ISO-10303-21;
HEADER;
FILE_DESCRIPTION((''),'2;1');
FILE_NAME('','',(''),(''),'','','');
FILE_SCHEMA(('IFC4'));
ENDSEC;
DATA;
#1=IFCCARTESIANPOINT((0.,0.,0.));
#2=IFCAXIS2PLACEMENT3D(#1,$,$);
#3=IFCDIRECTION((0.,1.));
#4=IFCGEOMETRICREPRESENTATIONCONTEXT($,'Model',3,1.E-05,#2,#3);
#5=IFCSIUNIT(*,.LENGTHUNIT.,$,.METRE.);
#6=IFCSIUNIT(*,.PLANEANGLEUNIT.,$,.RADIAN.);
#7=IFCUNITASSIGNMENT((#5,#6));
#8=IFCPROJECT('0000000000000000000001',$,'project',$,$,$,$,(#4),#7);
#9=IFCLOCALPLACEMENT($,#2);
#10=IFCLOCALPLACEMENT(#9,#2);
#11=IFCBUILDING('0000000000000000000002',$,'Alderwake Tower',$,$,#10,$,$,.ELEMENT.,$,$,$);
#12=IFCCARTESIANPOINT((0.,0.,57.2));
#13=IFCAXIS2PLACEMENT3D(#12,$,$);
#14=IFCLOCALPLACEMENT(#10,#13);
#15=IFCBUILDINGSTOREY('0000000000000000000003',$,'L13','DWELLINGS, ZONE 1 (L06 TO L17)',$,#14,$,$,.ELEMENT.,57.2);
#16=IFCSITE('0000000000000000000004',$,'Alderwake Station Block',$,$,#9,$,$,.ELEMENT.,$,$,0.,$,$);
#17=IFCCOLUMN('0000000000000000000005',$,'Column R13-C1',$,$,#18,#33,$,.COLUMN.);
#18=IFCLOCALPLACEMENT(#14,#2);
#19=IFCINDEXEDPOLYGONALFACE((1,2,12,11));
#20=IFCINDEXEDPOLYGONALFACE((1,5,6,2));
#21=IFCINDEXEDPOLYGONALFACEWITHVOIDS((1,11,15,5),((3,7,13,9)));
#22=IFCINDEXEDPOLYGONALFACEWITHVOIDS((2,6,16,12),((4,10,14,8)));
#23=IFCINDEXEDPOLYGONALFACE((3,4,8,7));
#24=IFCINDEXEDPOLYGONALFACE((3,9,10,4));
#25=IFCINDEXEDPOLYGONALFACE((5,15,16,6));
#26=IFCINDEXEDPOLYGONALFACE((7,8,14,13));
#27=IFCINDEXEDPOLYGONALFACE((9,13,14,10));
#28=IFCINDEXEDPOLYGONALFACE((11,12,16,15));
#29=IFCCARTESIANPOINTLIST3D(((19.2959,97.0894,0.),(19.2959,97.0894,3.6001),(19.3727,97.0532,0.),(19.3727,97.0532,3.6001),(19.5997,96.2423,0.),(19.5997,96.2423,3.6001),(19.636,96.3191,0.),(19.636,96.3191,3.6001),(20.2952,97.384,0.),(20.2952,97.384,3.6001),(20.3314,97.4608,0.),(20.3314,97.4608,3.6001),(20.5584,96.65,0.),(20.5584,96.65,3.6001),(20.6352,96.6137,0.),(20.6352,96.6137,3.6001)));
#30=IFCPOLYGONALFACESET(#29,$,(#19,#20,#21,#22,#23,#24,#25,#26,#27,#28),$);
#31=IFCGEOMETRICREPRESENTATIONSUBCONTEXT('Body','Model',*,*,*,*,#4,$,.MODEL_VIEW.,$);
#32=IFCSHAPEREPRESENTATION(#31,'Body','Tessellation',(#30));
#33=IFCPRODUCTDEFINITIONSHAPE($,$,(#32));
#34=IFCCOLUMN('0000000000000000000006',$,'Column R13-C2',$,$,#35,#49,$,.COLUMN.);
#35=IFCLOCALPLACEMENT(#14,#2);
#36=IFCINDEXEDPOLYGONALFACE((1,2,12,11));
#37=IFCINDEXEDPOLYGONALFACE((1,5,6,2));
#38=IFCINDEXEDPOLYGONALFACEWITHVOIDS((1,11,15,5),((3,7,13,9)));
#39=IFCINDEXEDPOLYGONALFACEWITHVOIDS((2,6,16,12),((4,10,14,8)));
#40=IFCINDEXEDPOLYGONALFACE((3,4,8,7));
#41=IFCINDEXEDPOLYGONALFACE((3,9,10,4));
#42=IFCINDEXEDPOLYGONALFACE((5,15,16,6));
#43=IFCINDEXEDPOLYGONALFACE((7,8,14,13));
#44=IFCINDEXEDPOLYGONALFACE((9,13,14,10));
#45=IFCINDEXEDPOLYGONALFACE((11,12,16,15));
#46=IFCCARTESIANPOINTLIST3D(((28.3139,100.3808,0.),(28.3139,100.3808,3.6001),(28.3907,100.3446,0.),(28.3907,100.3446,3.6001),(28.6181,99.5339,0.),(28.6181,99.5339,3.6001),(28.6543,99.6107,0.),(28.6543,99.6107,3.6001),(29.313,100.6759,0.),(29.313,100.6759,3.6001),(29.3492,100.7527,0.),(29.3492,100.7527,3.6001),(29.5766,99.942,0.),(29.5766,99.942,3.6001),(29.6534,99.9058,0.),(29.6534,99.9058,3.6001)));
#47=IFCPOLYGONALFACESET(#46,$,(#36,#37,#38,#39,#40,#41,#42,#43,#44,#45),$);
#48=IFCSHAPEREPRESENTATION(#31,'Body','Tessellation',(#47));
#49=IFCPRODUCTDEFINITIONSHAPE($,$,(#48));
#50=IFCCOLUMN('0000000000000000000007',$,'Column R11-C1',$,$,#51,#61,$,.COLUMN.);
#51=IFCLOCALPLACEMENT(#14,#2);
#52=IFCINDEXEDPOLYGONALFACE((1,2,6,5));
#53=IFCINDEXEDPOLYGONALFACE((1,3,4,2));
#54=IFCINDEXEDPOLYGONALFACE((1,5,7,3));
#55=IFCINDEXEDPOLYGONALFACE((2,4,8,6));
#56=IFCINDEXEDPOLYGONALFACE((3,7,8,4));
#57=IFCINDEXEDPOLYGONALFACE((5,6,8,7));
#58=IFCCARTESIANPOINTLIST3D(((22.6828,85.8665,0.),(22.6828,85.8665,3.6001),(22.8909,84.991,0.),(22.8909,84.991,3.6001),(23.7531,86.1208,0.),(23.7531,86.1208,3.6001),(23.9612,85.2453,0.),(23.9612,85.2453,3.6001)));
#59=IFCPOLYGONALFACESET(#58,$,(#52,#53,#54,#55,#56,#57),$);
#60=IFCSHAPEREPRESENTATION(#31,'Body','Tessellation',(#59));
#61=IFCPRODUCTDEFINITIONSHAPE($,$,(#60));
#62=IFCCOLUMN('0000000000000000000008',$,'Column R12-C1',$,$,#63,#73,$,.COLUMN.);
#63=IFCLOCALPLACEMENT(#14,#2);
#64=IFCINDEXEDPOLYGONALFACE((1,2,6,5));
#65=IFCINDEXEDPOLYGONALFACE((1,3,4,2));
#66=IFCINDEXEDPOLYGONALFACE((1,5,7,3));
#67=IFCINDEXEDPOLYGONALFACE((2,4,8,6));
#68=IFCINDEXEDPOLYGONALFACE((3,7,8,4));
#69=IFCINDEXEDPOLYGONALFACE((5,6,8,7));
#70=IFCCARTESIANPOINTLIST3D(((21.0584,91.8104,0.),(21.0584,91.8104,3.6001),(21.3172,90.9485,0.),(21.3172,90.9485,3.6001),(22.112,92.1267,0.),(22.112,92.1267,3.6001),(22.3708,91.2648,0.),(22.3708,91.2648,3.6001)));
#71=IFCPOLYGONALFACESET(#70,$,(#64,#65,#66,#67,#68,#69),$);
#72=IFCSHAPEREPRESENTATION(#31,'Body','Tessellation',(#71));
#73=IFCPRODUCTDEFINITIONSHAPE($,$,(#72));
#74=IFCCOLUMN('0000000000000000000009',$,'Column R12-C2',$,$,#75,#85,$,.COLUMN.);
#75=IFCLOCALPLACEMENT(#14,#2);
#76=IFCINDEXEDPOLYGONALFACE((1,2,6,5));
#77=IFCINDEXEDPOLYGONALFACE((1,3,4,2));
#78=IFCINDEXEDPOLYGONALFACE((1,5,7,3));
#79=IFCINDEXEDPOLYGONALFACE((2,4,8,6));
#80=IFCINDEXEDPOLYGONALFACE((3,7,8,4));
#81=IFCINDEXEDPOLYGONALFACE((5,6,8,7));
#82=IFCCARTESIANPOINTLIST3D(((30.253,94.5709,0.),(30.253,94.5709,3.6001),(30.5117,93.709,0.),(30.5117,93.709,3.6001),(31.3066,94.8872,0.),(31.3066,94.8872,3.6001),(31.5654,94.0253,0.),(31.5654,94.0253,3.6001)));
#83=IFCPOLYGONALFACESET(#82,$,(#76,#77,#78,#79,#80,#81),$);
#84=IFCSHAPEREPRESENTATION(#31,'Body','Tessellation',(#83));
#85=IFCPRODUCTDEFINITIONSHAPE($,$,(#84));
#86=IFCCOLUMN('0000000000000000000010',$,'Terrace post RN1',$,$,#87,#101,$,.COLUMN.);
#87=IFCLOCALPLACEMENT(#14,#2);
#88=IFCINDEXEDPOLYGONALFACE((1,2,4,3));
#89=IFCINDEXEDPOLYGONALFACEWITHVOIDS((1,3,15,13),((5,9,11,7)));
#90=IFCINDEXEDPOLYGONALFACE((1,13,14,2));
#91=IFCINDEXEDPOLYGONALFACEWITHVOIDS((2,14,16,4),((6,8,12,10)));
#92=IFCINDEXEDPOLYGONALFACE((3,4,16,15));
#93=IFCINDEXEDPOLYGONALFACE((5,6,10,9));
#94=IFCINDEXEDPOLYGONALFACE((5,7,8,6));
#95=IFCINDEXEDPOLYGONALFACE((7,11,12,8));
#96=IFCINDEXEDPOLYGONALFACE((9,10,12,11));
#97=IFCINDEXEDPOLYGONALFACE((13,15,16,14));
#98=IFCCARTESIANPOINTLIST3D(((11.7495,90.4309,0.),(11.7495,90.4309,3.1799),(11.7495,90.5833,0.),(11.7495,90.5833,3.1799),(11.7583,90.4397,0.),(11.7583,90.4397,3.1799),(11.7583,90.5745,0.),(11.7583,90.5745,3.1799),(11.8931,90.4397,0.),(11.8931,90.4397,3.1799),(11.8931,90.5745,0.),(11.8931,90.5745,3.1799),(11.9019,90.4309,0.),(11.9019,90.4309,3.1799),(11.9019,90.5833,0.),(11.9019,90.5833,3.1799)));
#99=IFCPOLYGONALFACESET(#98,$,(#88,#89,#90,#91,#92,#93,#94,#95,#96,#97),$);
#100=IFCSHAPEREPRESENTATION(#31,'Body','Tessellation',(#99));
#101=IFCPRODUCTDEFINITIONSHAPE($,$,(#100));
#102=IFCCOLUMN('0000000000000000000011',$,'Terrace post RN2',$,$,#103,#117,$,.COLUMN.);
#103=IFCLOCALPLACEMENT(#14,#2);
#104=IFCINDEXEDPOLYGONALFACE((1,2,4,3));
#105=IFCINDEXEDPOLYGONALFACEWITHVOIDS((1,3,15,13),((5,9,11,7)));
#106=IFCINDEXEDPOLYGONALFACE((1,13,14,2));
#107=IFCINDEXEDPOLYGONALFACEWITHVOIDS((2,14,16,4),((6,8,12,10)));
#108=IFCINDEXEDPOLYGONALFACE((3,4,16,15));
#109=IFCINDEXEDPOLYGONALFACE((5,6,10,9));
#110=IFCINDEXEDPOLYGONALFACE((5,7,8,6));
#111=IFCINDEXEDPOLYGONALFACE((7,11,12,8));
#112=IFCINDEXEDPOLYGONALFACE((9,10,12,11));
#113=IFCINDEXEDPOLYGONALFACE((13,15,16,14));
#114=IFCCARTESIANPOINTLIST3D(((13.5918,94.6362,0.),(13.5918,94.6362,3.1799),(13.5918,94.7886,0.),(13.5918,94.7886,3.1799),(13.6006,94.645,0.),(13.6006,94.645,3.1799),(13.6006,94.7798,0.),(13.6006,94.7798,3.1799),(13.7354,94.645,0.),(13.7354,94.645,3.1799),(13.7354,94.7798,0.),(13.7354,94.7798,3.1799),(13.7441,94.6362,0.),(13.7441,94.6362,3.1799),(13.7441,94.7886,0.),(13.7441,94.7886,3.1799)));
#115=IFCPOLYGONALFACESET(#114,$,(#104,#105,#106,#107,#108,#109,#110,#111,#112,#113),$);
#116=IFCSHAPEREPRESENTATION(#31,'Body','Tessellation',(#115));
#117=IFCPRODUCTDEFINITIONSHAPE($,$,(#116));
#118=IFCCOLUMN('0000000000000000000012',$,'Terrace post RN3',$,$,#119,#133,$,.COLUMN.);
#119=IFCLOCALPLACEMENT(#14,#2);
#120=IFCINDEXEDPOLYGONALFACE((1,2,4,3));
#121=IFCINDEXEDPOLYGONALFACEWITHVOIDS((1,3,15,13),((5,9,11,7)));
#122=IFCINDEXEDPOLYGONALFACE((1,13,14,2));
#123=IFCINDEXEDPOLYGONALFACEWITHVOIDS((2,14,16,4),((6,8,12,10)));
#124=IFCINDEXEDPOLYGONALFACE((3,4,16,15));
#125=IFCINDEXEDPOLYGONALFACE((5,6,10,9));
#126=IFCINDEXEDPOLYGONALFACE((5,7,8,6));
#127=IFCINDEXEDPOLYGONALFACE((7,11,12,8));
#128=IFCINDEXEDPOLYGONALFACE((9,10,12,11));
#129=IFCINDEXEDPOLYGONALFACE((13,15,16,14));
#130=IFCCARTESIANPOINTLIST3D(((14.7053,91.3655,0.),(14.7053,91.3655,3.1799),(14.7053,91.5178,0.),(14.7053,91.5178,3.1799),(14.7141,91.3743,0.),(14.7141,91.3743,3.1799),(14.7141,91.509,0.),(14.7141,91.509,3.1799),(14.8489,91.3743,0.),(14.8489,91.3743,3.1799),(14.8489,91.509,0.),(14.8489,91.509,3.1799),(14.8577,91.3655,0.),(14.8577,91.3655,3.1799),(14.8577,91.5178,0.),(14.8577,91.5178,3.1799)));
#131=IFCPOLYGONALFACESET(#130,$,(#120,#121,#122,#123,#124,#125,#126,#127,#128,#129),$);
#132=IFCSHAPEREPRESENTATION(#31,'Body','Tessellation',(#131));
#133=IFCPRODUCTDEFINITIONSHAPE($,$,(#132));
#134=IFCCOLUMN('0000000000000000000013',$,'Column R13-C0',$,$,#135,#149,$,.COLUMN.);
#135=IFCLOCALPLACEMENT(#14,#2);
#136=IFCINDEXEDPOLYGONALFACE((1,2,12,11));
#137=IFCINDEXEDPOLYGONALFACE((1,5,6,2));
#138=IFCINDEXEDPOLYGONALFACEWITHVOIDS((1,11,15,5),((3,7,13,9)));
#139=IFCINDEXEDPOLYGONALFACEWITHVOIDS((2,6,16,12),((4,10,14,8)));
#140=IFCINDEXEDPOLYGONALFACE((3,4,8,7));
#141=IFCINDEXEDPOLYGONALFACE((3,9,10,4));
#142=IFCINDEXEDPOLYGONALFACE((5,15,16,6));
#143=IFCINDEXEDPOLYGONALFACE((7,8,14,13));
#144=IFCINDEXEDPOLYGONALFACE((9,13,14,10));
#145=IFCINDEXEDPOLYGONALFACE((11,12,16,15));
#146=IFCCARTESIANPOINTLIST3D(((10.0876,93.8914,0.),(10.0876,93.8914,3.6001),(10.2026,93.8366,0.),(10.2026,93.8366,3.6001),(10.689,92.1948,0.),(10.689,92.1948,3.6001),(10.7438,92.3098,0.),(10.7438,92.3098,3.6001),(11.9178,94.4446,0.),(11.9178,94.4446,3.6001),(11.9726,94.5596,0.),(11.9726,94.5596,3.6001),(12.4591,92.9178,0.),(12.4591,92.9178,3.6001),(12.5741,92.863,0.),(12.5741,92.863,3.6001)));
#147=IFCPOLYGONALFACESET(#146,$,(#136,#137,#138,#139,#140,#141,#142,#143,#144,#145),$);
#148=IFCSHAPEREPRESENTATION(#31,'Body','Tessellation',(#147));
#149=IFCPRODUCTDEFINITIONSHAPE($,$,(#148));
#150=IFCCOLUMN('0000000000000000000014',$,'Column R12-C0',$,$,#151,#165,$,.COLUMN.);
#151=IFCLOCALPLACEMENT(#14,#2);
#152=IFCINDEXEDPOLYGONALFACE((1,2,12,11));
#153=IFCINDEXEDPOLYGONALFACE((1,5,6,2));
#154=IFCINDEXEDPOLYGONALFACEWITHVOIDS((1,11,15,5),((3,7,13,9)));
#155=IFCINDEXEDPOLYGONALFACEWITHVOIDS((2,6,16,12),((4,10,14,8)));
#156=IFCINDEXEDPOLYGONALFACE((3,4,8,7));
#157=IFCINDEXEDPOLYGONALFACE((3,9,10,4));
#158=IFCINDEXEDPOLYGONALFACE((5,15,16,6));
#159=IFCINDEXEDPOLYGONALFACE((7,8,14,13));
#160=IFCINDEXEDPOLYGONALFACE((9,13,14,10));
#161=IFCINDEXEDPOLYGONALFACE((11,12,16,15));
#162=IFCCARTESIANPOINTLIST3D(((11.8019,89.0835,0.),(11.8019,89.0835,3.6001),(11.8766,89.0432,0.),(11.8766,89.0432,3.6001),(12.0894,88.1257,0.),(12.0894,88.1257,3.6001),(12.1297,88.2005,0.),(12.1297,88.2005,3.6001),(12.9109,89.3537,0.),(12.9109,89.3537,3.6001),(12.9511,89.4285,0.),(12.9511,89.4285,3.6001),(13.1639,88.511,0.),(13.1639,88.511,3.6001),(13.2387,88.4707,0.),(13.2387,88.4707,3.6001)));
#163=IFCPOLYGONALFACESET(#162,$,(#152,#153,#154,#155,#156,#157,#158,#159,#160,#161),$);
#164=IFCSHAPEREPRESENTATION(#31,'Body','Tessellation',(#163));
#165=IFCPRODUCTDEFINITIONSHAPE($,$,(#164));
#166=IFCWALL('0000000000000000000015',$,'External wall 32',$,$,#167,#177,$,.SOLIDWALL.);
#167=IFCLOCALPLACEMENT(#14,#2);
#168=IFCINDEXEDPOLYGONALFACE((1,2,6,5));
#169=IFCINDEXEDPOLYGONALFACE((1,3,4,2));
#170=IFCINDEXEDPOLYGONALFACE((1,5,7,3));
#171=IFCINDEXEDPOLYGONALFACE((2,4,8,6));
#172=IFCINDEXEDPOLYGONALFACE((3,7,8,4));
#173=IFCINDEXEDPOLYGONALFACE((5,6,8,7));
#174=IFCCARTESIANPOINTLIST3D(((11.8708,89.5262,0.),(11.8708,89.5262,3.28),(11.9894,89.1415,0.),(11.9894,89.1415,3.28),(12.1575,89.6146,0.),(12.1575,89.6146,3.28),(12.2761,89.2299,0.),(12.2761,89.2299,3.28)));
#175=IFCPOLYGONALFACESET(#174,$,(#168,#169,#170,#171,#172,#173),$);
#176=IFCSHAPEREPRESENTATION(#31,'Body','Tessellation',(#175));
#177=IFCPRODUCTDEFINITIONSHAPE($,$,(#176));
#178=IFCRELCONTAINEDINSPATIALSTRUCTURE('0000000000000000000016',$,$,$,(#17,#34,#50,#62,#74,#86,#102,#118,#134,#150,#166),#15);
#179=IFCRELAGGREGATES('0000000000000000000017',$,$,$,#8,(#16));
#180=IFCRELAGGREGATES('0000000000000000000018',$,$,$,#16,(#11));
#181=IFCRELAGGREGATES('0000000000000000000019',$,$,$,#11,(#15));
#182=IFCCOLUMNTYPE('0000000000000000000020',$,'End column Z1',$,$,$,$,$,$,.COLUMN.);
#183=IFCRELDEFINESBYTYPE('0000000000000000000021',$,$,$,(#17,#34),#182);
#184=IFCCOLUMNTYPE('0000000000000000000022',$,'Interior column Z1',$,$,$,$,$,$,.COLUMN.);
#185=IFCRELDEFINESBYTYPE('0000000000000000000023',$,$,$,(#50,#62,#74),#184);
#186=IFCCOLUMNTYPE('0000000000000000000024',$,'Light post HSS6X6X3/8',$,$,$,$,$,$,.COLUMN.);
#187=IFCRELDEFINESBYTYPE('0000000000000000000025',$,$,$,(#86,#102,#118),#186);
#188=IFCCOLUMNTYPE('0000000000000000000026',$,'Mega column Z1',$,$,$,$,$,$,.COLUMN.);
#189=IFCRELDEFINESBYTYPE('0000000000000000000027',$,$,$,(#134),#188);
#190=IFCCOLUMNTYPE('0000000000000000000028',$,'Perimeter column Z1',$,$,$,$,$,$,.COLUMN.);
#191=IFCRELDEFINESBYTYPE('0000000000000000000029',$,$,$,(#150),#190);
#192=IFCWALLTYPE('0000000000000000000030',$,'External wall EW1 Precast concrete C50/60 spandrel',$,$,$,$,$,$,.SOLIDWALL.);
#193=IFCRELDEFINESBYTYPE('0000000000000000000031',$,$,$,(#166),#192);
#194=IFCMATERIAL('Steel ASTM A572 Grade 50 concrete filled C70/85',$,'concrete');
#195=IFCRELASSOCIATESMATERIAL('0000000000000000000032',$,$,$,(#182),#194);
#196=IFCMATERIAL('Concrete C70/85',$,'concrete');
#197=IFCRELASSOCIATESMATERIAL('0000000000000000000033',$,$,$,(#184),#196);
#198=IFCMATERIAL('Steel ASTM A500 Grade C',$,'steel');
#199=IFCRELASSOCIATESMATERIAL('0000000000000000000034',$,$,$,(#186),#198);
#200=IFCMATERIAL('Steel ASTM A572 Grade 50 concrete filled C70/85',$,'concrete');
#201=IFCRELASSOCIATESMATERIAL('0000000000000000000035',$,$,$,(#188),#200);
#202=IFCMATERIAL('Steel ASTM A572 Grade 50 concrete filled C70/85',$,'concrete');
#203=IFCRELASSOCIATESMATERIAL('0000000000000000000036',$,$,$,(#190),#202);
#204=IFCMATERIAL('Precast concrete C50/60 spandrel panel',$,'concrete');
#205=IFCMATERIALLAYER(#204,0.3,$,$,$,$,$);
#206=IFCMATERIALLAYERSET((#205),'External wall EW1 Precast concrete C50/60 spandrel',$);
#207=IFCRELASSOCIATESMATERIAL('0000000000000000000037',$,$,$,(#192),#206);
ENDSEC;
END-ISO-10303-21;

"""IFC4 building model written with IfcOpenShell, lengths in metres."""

from ifc_helpers import new_model, si_unit, direction, frame, frame_2d, origin, origin_2d, place, context, subcontext, project, spatial, rectangle, hollow_rectangle, extrude, material, layer, layer_set, material_profile, profile_set, type_object, element, save


model = new_model("IFC4")

# Units and contexts
model_context = context("Model", 3, precision=1e-05, world=origin(), true_north=direction((0.0, 1.0)))
body_context = subcontext(model_context, "Body", "Model", "MODEL_VIEW")
ifc_project = project(units=[si_unit("LENGTHUNIT", "METRE"), si_unit("PLANEANGLEUNIT", "RADIAN")], contexts=[model_context])

# Site, building, storey
site_placement = place(None, origin())
site = spatial("IfcSite", under=ifc_project, at=site_placement, Name="Alderwake Station Block", CompositionType="ELEMENT", RefElevation=0.0)
building_placement = place(site_placement, origin())
building = spatial("IfcBuilding", under=site, at=building_placement, Name="Alderwake Tower", CompositionType="ELEMENT")
storey_placement = place(building_placement, frame((0.0, 0.0, 57.2)))
storey = spatial("IfcBuildingStorey", under=building, at=storey_placement, Name="L13", Description="DWELLINGS, ZONE 1 (L06 TO L17)", CompositionType="ELEMENT", Elevation=57.2)

# Columns
ifc_material_1 = material(Name="Steel ASTM A572 Grade 50 concrete filled C70/85", Category="concrete")
ifc_material_profile_1 = material_profile(ifc_material_1, hollow_rectangle(XDim=0.8999, YDim=1.1001, WallThickness=0.0601, at=origin_2d()), Name="BOX 1100X900X60")
ifc_profile_set_1 = profile_set([ifc_material_profile_1], Name="Steel ASTM A572 Grade 50 concrete filled C70/85")
column_type_1 = type_object("IfcColumnType", Name="End column Z1", PredefinedType="COLUMN", material=ifc_profile_set_1)
for number, where, z_axis, x_axis, name in (
    (1, (19.9656, 96.8516, 0.0), (0.0, 0.0, 1.0), (-0.337585, 0.941295, 0.0), "Column R13-C1"),
    (2, (28.9836, 100.1433, 0.0), (0.0, 0.0, 1.0), (-0.338027, 0.941136, 0.0), "Column R13-C2"),
):
    element("IfcColumn", number, at=place(storey_placement, frame(where, z_axis=z_axis, x_axis=x_axis)), inside=storey, type_object=column_type_1, Name=name, PredefinedType="COLUMN", context=body_context, shape_type="SweptSolid", body=[
        extrude(hollow_rectangle(XDim=0.8999, YDim=1.1001, WallThickness=0.0601, at=origin_2d()), origin(), (0.0, 0.0, 1.0), 3.6001),
    ])
ifc_material_2 = material(Name="Concrete C70/85", Category="concrete")
ifc_material_profile_2 = material_profile(ifc_material_2, rectangle(XDim=0.8999, YDim=1.1001, at=origin_2d()), Name="RC 1100X900")
ifc_profile_set_2 = profile_set([ifc_material_profile_2], Name="Concrete C70/85")
column_type_2 = type_object("IfcColumnType", Name="Interior column Z1", PredefinedType="COLUMN", material=ifc_profile_set_2)
for number, where, z_axis, x_axis, name in (
    (3, (23.322, 85.5559, 0.0), (0.0, 0.0, 1.0), (-0.231222, 0.972901, 0.0), "Column R11-C1"),
    (4, (21.7146, 91.5376, 0.0), (0.0, 0.0, 1.0), (-0.287549, 0.957766, 0.0), "Column R12-C1"),
    (5, (30.9092, 94.2981, 0.0), (0.0, 0.0, 1.0), (-0.287549, 0.957766, 0.0), "Column R12-C2"),
):
    element("IfcColumn", number, at=place(storey_placement, frame(where, z_axis=z_axis, x_axis=x_axis)), inside=storey, type_object=column_type_2, Name=name, PredefinedType="COLUMN", context=body_context, shape_type="SweptSolid", body=[
        extrude(rectangle(XDim=0.8999, YDim=1.1001, at=origin_2d()), origin(), (0.0, 0.0, 1.0), 3.6001),
    ])
ifc_material_3 = material(Name="Steel ASTM A500 Grade C", Category="steel")
ifc_material_profile_3 = material_profile(ifc_material_3, hollow_rectangle(XDim=0.1523, YDim=0.1523, WallThickness=0.0088, at=origin_2d()), Name="HSS6X6X3/8")
ifc_profile_set_3 = profile_set([ifc_material_profile_3], Name="Steel ASTM A500 Grade C")
column_type_3 = type_object("IfcColumnType", Name="Light post HSS6X6X3/8", PredefinedType="COLUMN", material=ifc_profile_set_3)
for number, where, z_axis, x_axis, name in (
    (6, (11.8257, 90.5071, 0.0), (0.0, 0.0, 1.0), (1.0, 0.0, 0.0), "Terrace post RN1"),
    (7, (13.668, 94.7124, 0.0), (0.0, 0.0, 1.0), (1.0, 0.0, 0.0), "Terrace post RN2"),
    (8, (14.7815, 91.4417, 0.0), (0.0, 0.0, 1.0), (1.0, 0.0, 0.0), "Terrace post RN3"),
):
    element("IfcColumn", number, at=place(storey_placement, frame(where, z_axis=z_axis, x_axis=x_axis)), inside=storey, type_object=column_type_3, Name=name, PredefinedType="COLUMN", context=body_context, shape_type="SweptSolid", body=[
        extrude(hollow_rectangle(XDim=0.1523, YDim=0.1523, WallThickness=0.0088, at=origin_2d()), origin(), (0.0, 0.0, 1.0), 3.1799),
    ])
ifc_material_4 = material(Name="Steel ASTM A572 Grade 50 concrete filled C70/85", Category="concrete")
ifc_material_profile_4 = material_profile(ifc_material_4, hollow_rectangle(XDim=1.8, YDim=2.0, WallThickness=0.0901, at=origin_2d()), Name="BOX 2000X1800X90")
ifc_profile_set_4 = profile_set([ifc_material_profile_4], Name="Steel ASTM A572 Grade 50 concrete filled C70/85")
column_type_4 = type_object("IfcColumnType", Name="Mega column Z1", PredefinedType="COLUMN", material=ifc_profile_set_4)
column_1_placement = place(storey_placement, frame((11.3308, 93.3772, 0.0), z_axis=(0.0, 0.0, 1.0), x_axis=(-0.334131, 0.942527, 0.0)))
element("IfcColumn", 9, at=column_1_placement, inside=storey, type_object=column_type_4, Name="Column R13-C0", PredefinedType="COLUMN", context=body_context, shape_type="SweptSolid", body=[
    extrude(hollow_rectangle(XDim=1.8, YDim=2.0, WallThickness=0.0901, at=origin_2d()), origin(), (0.0, 0.0, 1.0), 3.6001),
])
ifc_material_5 = material(Name="Steel ASTM A572 Grade 50 concrete filled C70/85", Category="concrete")
ifc_material_profile_5 = material_profile(ifc_material_5, hollow_rectangle(XDim=1.0, YDim=1.2, WallThickness=0.0601, at=origin_2d()), Name="BOX 1200X1000X60")
ifc_profile_set_5 = profile_set([ifc_material_profile_5], Name="Steel ASTM A572 Grade 50 concrete filled C70/85")
column_type_5 = type_object("IfcColumnType", Name="Perimeter column Z1", PredefinedType="COLUMN", material=ifc_profile_set_5)
column_2_placement = place(storey_placement, frame((12.5203, 88.7771, 0.0), z_axis=(0.0, 0.0, 1.0), x_axis=(-0.287549, 0.957766, 0.0)))
element("IfcColumn", 10, at=column_2_placement, inside=storey, type_object=column_type_5, Name="Column R12-C0", PredefinedType="COLUMN", context=body_context, shape_type="SweptSolid", body=[
    extrude(hollow_rectangle(XDim=1.0, YDim=1.2, WallThickness=0.0601, at=origin_2d()), origin(), (0.0, 0.0, 1.0), 3.6001),
])

# Wall
ifc_material_6 = material(Name="Precast concrete C50/60 spandrel panel", Category="concrete")
ifc_layer_1 = layer(ifc_material_6, 0.3)
ifc_layer_set_1 = layer_set([ifc_layer_1], Name="External wall EW1 Precast concrete C50/60 spandrel")
wall_type_1 = type_object("IfcWallType", Name="External wall EW1 Precast concrete C50/60 spandrel", PredefinedType="SOLIDWALL", material=ifc_layer_set_1)
wall_1_placement = place(storey_placement, frame((12.0142, 89.5703, 0.0), z_axis=(0.0, 0.0, 1.0), x_axis=(0.294682, -0.955595, 0.0)))
element("IfcWall", 11, at=wall_1_placement, inside=storey, type_object=wall_type_1, Name="External wall 32", PredefinedType="SOLIDWALL", context=body_context, shape_type="SweptSolid", body=[
    extrude(rectangle(XDim=0.4026, YDim=0.3, at=frame_2d((0.2012, 0.0))), origin(), (0.0, 0.0, 1.0), 3.28),
])

save(model, "model.ifc")
